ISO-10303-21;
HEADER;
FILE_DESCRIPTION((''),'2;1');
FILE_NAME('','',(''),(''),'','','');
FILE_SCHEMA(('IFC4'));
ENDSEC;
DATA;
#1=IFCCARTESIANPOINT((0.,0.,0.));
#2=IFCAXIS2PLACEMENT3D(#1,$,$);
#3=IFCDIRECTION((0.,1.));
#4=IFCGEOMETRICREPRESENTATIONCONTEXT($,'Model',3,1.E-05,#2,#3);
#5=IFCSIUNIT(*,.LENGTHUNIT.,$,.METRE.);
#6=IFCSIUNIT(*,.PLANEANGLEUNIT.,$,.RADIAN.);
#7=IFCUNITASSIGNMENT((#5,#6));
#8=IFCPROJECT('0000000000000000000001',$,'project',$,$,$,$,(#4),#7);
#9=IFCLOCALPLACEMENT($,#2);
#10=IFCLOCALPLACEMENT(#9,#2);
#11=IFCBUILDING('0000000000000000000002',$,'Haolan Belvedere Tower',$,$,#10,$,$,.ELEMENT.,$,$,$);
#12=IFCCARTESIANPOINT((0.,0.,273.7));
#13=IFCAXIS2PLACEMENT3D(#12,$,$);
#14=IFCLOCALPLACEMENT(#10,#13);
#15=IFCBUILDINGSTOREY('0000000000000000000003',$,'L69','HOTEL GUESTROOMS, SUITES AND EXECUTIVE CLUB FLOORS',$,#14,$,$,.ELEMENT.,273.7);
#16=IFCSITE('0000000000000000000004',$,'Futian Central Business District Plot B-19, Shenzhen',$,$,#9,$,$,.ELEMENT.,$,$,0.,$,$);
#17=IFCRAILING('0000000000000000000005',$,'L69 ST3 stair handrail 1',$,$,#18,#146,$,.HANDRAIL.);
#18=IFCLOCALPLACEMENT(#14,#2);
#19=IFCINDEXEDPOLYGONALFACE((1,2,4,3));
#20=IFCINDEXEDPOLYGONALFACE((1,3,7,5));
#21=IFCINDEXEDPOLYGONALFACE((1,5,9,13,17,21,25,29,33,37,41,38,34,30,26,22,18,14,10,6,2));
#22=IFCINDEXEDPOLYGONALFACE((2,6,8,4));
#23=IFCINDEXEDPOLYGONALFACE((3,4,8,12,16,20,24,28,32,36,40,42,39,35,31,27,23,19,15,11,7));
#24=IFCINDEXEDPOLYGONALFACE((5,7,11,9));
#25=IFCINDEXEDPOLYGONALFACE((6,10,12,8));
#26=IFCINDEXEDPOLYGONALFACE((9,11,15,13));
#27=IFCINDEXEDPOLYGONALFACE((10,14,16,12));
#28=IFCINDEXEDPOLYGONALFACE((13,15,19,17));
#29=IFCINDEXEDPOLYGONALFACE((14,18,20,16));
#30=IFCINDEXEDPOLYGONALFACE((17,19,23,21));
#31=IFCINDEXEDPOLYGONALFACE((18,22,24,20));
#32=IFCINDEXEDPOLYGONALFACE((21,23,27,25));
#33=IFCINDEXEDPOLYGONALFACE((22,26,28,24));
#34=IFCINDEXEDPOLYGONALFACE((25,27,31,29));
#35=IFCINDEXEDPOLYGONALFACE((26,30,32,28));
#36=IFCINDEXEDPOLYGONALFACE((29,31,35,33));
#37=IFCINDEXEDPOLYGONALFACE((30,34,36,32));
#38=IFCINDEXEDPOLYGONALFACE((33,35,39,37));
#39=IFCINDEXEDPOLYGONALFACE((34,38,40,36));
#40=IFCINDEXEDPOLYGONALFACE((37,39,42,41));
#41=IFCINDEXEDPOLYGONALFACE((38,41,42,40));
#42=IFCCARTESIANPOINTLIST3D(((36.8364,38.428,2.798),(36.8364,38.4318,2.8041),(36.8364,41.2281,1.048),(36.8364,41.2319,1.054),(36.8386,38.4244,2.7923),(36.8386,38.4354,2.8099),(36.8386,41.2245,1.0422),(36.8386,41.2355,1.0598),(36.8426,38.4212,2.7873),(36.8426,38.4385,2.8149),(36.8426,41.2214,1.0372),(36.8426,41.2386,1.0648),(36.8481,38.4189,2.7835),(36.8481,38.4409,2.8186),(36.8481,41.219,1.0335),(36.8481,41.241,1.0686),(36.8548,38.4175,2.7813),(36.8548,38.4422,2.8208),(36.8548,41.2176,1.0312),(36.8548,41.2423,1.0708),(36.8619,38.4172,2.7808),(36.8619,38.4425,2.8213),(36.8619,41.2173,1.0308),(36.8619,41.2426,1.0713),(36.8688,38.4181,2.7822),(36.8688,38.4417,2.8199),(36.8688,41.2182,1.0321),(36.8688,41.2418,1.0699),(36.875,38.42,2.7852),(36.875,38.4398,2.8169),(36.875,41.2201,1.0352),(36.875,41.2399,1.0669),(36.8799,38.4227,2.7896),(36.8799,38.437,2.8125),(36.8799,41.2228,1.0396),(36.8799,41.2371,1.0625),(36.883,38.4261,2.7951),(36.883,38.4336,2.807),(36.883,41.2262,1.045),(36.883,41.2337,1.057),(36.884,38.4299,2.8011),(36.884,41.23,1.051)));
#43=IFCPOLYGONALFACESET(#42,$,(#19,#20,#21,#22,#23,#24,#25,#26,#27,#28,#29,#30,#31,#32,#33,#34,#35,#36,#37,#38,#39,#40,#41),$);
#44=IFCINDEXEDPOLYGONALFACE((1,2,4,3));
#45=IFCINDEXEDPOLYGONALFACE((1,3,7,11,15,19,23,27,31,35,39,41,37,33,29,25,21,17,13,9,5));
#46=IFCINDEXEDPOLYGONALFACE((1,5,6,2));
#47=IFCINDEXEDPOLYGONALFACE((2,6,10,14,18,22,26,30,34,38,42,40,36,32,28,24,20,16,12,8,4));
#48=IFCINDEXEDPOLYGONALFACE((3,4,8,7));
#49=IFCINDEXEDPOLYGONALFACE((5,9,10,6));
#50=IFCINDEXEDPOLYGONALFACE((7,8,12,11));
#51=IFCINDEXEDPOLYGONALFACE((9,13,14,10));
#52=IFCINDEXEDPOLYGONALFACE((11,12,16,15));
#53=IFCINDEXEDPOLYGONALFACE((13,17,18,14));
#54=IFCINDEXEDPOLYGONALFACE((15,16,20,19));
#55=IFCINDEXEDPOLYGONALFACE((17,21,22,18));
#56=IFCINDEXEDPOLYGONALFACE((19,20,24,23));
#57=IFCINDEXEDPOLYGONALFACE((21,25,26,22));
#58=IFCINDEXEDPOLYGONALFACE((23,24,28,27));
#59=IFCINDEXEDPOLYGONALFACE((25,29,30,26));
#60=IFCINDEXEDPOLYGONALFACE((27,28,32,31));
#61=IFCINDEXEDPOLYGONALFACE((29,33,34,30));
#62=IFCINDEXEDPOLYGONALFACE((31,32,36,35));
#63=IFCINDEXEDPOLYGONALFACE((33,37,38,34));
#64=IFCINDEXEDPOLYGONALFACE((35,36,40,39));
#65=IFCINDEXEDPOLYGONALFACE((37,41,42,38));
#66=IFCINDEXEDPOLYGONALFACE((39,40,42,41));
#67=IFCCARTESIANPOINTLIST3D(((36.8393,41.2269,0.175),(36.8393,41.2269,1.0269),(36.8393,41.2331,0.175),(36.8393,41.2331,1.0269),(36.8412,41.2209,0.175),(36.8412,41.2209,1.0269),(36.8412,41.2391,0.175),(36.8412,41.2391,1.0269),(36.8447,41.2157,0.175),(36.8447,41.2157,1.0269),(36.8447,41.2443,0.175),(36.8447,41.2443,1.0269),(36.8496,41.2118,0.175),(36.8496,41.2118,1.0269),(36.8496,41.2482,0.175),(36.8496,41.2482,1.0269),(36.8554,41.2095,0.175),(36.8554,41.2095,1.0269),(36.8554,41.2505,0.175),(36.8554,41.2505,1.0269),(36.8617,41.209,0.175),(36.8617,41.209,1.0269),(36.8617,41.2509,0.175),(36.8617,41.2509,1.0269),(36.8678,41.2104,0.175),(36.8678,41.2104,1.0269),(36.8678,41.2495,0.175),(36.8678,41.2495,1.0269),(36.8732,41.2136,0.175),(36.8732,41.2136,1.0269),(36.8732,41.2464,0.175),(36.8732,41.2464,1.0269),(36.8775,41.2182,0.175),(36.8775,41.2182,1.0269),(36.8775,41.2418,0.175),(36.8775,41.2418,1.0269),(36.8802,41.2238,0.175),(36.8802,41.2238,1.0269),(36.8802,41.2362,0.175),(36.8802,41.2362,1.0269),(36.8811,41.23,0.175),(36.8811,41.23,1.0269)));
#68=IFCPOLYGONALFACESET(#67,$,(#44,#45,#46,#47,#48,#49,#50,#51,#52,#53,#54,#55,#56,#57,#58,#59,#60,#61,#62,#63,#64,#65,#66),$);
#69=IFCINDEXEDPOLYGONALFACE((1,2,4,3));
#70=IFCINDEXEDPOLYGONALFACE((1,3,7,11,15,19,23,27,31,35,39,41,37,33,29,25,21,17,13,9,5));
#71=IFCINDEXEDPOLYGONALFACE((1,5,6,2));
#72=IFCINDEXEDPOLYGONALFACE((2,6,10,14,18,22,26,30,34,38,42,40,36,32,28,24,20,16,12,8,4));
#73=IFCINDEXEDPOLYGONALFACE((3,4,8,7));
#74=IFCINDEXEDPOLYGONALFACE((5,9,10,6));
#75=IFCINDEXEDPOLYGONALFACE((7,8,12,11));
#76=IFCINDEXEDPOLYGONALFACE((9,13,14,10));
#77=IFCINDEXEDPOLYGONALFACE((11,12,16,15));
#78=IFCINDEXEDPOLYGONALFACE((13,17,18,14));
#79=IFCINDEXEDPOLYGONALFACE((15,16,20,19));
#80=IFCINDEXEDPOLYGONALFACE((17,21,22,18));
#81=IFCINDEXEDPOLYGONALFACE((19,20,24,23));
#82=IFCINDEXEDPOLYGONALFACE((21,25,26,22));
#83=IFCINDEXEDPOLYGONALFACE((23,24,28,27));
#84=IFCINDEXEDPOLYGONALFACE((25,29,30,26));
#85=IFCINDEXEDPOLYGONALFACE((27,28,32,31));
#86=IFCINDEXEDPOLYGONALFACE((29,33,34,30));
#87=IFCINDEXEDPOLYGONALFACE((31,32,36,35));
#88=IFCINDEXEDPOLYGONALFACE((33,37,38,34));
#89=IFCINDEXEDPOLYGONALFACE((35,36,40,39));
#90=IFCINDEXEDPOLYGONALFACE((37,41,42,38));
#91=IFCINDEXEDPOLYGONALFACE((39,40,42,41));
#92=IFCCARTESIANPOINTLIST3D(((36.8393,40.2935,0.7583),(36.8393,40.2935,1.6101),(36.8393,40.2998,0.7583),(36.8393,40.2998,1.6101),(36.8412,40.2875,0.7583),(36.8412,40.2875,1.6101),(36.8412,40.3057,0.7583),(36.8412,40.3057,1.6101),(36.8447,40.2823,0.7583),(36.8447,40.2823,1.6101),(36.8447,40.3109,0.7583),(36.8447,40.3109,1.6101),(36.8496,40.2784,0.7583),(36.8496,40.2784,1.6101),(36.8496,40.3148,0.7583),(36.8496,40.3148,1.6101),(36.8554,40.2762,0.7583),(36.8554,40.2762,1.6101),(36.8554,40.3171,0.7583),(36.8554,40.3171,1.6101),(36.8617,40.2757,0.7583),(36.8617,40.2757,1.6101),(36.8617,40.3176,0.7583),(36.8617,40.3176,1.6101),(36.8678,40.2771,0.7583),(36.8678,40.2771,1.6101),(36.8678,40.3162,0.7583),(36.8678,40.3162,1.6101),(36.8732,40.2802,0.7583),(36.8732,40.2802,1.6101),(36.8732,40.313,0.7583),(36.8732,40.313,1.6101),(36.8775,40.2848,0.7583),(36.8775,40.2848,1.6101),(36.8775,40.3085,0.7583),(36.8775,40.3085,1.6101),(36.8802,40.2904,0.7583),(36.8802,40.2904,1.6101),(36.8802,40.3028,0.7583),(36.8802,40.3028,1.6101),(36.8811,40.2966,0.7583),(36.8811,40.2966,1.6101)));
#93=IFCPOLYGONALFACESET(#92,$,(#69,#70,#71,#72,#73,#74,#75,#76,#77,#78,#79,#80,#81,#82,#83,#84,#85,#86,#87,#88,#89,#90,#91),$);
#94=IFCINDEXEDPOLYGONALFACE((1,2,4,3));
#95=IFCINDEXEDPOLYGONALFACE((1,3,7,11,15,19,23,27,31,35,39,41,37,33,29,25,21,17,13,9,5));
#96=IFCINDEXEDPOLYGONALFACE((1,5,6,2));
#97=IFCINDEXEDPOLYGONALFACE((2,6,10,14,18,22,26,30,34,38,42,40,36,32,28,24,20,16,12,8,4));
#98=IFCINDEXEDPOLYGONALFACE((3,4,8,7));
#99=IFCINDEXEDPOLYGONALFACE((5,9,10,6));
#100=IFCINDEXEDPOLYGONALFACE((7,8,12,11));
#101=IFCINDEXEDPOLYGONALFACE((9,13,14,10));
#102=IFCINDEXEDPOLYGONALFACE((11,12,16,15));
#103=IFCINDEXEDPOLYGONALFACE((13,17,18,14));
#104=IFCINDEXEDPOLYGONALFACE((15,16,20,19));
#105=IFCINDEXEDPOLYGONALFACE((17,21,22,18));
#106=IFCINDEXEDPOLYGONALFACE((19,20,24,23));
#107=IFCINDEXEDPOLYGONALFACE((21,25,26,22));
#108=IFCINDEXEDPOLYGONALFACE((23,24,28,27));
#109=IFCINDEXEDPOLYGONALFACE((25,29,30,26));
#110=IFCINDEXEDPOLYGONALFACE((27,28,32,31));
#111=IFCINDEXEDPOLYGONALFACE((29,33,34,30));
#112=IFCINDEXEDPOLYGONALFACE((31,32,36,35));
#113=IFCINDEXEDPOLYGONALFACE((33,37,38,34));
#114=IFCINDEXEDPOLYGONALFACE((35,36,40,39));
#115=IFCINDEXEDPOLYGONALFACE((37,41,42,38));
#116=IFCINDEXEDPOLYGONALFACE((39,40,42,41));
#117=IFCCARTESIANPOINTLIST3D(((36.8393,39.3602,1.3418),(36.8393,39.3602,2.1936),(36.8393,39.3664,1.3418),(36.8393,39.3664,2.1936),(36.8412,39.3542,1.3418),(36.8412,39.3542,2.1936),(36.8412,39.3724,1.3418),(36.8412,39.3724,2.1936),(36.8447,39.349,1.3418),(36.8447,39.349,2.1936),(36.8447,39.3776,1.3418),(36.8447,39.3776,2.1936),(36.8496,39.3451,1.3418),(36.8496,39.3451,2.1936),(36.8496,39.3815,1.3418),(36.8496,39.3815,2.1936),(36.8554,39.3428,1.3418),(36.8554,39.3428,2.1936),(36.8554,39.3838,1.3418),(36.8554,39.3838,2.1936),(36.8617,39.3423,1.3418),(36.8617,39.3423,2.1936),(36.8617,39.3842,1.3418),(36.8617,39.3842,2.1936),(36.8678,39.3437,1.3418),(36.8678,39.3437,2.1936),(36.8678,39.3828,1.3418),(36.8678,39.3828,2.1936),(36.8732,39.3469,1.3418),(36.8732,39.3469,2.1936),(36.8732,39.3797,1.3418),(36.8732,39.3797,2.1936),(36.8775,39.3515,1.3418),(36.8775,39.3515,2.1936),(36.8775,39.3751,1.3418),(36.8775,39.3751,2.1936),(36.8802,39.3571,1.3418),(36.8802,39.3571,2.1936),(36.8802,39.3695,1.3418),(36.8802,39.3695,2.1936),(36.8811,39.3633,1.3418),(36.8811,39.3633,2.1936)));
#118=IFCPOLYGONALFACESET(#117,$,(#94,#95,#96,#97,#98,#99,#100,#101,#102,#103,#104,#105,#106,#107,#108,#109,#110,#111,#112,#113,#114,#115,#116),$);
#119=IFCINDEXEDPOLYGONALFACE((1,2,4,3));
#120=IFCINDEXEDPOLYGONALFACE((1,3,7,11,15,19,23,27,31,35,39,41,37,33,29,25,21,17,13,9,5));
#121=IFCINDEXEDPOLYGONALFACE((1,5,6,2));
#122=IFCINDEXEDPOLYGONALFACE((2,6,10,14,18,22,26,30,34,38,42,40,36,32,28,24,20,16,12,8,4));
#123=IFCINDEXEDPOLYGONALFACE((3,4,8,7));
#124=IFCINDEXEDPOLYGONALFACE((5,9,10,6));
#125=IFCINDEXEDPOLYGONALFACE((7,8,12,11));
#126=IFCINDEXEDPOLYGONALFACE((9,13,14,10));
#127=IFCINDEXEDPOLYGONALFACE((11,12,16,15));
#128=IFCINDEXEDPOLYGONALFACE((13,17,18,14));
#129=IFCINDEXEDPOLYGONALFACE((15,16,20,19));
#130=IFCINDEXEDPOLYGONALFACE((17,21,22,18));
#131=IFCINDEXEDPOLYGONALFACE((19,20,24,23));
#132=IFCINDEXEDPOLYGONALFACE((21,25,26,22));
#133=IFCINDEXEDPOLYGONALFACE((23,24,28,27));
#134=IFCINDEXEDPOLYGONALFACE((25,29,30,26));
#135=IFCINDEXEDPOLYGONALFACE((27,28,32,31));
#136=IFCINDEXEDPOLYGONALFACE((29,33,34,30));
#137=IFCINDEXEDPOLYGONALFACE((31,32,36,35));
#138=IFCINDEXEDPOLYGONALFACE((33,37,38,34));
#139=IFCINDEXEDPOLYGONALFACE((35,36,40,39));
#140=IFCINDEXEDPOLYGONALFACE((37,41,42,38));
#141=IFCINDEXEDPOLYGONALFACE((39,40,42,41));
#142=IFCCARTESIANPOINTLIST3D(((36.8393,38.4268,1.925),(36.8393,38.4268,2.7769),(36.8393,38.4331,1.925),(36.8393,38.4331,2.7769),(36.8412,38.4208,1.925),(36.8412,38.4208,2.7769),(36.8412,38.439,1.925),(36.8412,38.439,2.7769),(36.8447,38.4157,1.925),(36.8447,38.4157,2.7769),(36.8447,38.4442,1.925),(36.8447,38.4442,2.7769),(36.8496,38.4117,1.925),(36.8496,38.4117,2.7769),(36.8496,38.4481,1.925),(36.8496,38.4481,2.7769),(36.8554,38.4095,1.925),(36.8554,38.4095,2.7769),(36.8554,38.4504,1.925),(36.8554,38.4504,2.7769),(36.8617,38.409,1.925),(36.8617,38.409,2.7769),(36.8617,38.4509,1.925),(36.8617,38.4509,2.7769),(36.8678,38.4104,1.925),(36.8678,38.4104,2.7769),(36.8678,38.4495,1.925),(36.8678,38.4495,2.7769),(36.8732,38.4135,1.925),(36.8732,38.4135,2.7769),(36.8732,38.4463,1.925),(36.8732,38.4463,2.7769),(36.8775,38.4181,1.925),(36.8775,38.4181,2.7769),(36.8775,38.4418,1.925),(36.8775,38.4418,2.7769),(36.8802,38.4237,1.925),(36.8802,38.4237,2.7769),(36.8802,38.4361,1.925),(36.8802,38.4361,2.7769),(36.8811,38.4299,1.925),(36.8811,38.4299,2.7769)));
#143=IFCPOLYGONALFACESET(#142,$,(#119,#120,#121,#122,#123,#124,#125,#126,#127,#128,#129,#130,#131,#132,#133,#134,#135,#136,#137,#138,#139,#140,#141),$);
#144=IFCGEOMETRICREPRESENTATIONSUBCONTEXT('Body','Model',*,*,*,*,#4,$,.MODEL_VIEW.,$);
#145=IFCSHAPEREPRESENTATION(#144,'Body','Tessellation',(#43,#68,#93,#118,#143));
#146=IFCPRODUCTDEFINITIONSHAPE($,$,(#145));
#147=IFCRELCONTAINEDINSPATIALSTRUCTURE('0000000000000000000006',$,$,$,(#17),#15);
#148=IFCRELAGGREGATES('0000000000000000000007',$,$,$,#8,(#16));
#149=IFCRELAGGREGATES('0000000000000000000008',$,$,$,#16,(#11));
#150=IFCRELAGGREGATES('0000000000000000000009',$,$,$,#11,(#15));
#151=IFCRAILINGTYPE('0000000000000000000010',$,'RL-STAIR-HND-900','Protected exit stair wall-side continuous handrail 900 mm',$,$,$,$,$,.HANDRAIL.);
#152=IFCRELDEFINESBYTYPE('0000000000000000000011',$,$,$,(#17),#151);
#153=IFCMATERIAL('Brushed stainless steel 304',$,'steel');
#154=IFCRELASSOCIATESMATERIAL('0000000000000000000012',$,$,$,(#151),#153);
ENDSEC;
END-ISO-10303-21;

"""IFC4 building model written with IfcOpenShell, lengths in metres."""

from ifc_helpers import new_model, si_unit, direction, frame, origin, origin_2d, place, context, subcontext, project, spatial, circle, extrude, material, type_object, element, save


model = new_model("IFC4")

# Units and contexts
model_context = context("Model", 3, precision=1e-05, world=origin(), true_north=direction((0.0, 1.0)))
body_context = subcontext(model_context, "Body", "Model", "MODEL_VIEW")
ifc_project = project(units=[si_unit("LENGTHUNIT", "METRE"), si_unit("PLANEANGLEUNIT", "RADIAN")], contexts=[model_context])

# Site, building, storey
site_placement = place(None, origin())
site = spatial("IfcSite", under=ifc_project, at=site_placement, Name="Futian Central Business District Plot B-19, Shenzhen", CompositionType="ELEMENT", RefElevation=0.0)
building_placement = place(site_placement, origin())
building = spatial("IfcBuilding", under=site, at=building_placement, Name="Haolan Belvedere Tower", CompositionType="ELEMENT")
storey_placement = place(building_placement, frame((0.0, 0.0, 273.7)))
storey = spatial("IfcBuildingStorey", under=building, at=storey_placement, Name="L69", Description="HOTEL GUESTROOMS, SUITES AND EXECUTIVE CLUB FLOORS", CompositionType="ELEMENT", Elevation=273.7)

# Railing
ifc_material_1 = material(Name="Brushed stainless steel 304", Category="steel")
railing_type_1 = type_object("IfcRailingType", Name="RL-STAIR-HND-900", Description="Protected exit stair wall-side continuous handrail 900 mm", PredefinedType="HANDRAIL", material=ifc_material_1)
for number, where, name in (
    (1, (36.8601, 41.23, 0.175), "L69 ST3 stair handrail 1"),
):
    element("IfcRailing", number, at=place(storey_placement, frame(where)), inside=storey, type_object=railing_type_1, Name=name, PredefinedType="HANDRAIL", context=body_context, shape_type="SweptSolid", body=[
        extrude(circle(Radius=0.0239, at=origin_2d()), frame((0.0, 0.0, 0.876), z_axis=(0.0, -0.848002, 0.529992), x_axis=(1.0, 0.0, 0.0)), (0.0, 0.0, 1.0), 3.302),
        extrude(circle(Radius=0.021, at=origin_2d()), origin(), (0.0, 0.0, 1.0), 0.8518),
        extrude(circle(Radius=0.021, at=origin_2d()), frame((0.0, -0.9333, 0.5833)), (0.0, 0.0, 1.0), 0.8518),
        extrude(circle(Radius=0.021, at=origin_2d()), frame((0.0, -1.8667, 1.1667)), (0.0, 0.0, 1.0), 0.8518),
        extrude(circle(Radius=0.021, at=origin_2d()), frame((0.0, -2.8, 1.75)), (0.0, 0.0, 1.0), 0.8518),
    ])

save(model, "model.ifc")
